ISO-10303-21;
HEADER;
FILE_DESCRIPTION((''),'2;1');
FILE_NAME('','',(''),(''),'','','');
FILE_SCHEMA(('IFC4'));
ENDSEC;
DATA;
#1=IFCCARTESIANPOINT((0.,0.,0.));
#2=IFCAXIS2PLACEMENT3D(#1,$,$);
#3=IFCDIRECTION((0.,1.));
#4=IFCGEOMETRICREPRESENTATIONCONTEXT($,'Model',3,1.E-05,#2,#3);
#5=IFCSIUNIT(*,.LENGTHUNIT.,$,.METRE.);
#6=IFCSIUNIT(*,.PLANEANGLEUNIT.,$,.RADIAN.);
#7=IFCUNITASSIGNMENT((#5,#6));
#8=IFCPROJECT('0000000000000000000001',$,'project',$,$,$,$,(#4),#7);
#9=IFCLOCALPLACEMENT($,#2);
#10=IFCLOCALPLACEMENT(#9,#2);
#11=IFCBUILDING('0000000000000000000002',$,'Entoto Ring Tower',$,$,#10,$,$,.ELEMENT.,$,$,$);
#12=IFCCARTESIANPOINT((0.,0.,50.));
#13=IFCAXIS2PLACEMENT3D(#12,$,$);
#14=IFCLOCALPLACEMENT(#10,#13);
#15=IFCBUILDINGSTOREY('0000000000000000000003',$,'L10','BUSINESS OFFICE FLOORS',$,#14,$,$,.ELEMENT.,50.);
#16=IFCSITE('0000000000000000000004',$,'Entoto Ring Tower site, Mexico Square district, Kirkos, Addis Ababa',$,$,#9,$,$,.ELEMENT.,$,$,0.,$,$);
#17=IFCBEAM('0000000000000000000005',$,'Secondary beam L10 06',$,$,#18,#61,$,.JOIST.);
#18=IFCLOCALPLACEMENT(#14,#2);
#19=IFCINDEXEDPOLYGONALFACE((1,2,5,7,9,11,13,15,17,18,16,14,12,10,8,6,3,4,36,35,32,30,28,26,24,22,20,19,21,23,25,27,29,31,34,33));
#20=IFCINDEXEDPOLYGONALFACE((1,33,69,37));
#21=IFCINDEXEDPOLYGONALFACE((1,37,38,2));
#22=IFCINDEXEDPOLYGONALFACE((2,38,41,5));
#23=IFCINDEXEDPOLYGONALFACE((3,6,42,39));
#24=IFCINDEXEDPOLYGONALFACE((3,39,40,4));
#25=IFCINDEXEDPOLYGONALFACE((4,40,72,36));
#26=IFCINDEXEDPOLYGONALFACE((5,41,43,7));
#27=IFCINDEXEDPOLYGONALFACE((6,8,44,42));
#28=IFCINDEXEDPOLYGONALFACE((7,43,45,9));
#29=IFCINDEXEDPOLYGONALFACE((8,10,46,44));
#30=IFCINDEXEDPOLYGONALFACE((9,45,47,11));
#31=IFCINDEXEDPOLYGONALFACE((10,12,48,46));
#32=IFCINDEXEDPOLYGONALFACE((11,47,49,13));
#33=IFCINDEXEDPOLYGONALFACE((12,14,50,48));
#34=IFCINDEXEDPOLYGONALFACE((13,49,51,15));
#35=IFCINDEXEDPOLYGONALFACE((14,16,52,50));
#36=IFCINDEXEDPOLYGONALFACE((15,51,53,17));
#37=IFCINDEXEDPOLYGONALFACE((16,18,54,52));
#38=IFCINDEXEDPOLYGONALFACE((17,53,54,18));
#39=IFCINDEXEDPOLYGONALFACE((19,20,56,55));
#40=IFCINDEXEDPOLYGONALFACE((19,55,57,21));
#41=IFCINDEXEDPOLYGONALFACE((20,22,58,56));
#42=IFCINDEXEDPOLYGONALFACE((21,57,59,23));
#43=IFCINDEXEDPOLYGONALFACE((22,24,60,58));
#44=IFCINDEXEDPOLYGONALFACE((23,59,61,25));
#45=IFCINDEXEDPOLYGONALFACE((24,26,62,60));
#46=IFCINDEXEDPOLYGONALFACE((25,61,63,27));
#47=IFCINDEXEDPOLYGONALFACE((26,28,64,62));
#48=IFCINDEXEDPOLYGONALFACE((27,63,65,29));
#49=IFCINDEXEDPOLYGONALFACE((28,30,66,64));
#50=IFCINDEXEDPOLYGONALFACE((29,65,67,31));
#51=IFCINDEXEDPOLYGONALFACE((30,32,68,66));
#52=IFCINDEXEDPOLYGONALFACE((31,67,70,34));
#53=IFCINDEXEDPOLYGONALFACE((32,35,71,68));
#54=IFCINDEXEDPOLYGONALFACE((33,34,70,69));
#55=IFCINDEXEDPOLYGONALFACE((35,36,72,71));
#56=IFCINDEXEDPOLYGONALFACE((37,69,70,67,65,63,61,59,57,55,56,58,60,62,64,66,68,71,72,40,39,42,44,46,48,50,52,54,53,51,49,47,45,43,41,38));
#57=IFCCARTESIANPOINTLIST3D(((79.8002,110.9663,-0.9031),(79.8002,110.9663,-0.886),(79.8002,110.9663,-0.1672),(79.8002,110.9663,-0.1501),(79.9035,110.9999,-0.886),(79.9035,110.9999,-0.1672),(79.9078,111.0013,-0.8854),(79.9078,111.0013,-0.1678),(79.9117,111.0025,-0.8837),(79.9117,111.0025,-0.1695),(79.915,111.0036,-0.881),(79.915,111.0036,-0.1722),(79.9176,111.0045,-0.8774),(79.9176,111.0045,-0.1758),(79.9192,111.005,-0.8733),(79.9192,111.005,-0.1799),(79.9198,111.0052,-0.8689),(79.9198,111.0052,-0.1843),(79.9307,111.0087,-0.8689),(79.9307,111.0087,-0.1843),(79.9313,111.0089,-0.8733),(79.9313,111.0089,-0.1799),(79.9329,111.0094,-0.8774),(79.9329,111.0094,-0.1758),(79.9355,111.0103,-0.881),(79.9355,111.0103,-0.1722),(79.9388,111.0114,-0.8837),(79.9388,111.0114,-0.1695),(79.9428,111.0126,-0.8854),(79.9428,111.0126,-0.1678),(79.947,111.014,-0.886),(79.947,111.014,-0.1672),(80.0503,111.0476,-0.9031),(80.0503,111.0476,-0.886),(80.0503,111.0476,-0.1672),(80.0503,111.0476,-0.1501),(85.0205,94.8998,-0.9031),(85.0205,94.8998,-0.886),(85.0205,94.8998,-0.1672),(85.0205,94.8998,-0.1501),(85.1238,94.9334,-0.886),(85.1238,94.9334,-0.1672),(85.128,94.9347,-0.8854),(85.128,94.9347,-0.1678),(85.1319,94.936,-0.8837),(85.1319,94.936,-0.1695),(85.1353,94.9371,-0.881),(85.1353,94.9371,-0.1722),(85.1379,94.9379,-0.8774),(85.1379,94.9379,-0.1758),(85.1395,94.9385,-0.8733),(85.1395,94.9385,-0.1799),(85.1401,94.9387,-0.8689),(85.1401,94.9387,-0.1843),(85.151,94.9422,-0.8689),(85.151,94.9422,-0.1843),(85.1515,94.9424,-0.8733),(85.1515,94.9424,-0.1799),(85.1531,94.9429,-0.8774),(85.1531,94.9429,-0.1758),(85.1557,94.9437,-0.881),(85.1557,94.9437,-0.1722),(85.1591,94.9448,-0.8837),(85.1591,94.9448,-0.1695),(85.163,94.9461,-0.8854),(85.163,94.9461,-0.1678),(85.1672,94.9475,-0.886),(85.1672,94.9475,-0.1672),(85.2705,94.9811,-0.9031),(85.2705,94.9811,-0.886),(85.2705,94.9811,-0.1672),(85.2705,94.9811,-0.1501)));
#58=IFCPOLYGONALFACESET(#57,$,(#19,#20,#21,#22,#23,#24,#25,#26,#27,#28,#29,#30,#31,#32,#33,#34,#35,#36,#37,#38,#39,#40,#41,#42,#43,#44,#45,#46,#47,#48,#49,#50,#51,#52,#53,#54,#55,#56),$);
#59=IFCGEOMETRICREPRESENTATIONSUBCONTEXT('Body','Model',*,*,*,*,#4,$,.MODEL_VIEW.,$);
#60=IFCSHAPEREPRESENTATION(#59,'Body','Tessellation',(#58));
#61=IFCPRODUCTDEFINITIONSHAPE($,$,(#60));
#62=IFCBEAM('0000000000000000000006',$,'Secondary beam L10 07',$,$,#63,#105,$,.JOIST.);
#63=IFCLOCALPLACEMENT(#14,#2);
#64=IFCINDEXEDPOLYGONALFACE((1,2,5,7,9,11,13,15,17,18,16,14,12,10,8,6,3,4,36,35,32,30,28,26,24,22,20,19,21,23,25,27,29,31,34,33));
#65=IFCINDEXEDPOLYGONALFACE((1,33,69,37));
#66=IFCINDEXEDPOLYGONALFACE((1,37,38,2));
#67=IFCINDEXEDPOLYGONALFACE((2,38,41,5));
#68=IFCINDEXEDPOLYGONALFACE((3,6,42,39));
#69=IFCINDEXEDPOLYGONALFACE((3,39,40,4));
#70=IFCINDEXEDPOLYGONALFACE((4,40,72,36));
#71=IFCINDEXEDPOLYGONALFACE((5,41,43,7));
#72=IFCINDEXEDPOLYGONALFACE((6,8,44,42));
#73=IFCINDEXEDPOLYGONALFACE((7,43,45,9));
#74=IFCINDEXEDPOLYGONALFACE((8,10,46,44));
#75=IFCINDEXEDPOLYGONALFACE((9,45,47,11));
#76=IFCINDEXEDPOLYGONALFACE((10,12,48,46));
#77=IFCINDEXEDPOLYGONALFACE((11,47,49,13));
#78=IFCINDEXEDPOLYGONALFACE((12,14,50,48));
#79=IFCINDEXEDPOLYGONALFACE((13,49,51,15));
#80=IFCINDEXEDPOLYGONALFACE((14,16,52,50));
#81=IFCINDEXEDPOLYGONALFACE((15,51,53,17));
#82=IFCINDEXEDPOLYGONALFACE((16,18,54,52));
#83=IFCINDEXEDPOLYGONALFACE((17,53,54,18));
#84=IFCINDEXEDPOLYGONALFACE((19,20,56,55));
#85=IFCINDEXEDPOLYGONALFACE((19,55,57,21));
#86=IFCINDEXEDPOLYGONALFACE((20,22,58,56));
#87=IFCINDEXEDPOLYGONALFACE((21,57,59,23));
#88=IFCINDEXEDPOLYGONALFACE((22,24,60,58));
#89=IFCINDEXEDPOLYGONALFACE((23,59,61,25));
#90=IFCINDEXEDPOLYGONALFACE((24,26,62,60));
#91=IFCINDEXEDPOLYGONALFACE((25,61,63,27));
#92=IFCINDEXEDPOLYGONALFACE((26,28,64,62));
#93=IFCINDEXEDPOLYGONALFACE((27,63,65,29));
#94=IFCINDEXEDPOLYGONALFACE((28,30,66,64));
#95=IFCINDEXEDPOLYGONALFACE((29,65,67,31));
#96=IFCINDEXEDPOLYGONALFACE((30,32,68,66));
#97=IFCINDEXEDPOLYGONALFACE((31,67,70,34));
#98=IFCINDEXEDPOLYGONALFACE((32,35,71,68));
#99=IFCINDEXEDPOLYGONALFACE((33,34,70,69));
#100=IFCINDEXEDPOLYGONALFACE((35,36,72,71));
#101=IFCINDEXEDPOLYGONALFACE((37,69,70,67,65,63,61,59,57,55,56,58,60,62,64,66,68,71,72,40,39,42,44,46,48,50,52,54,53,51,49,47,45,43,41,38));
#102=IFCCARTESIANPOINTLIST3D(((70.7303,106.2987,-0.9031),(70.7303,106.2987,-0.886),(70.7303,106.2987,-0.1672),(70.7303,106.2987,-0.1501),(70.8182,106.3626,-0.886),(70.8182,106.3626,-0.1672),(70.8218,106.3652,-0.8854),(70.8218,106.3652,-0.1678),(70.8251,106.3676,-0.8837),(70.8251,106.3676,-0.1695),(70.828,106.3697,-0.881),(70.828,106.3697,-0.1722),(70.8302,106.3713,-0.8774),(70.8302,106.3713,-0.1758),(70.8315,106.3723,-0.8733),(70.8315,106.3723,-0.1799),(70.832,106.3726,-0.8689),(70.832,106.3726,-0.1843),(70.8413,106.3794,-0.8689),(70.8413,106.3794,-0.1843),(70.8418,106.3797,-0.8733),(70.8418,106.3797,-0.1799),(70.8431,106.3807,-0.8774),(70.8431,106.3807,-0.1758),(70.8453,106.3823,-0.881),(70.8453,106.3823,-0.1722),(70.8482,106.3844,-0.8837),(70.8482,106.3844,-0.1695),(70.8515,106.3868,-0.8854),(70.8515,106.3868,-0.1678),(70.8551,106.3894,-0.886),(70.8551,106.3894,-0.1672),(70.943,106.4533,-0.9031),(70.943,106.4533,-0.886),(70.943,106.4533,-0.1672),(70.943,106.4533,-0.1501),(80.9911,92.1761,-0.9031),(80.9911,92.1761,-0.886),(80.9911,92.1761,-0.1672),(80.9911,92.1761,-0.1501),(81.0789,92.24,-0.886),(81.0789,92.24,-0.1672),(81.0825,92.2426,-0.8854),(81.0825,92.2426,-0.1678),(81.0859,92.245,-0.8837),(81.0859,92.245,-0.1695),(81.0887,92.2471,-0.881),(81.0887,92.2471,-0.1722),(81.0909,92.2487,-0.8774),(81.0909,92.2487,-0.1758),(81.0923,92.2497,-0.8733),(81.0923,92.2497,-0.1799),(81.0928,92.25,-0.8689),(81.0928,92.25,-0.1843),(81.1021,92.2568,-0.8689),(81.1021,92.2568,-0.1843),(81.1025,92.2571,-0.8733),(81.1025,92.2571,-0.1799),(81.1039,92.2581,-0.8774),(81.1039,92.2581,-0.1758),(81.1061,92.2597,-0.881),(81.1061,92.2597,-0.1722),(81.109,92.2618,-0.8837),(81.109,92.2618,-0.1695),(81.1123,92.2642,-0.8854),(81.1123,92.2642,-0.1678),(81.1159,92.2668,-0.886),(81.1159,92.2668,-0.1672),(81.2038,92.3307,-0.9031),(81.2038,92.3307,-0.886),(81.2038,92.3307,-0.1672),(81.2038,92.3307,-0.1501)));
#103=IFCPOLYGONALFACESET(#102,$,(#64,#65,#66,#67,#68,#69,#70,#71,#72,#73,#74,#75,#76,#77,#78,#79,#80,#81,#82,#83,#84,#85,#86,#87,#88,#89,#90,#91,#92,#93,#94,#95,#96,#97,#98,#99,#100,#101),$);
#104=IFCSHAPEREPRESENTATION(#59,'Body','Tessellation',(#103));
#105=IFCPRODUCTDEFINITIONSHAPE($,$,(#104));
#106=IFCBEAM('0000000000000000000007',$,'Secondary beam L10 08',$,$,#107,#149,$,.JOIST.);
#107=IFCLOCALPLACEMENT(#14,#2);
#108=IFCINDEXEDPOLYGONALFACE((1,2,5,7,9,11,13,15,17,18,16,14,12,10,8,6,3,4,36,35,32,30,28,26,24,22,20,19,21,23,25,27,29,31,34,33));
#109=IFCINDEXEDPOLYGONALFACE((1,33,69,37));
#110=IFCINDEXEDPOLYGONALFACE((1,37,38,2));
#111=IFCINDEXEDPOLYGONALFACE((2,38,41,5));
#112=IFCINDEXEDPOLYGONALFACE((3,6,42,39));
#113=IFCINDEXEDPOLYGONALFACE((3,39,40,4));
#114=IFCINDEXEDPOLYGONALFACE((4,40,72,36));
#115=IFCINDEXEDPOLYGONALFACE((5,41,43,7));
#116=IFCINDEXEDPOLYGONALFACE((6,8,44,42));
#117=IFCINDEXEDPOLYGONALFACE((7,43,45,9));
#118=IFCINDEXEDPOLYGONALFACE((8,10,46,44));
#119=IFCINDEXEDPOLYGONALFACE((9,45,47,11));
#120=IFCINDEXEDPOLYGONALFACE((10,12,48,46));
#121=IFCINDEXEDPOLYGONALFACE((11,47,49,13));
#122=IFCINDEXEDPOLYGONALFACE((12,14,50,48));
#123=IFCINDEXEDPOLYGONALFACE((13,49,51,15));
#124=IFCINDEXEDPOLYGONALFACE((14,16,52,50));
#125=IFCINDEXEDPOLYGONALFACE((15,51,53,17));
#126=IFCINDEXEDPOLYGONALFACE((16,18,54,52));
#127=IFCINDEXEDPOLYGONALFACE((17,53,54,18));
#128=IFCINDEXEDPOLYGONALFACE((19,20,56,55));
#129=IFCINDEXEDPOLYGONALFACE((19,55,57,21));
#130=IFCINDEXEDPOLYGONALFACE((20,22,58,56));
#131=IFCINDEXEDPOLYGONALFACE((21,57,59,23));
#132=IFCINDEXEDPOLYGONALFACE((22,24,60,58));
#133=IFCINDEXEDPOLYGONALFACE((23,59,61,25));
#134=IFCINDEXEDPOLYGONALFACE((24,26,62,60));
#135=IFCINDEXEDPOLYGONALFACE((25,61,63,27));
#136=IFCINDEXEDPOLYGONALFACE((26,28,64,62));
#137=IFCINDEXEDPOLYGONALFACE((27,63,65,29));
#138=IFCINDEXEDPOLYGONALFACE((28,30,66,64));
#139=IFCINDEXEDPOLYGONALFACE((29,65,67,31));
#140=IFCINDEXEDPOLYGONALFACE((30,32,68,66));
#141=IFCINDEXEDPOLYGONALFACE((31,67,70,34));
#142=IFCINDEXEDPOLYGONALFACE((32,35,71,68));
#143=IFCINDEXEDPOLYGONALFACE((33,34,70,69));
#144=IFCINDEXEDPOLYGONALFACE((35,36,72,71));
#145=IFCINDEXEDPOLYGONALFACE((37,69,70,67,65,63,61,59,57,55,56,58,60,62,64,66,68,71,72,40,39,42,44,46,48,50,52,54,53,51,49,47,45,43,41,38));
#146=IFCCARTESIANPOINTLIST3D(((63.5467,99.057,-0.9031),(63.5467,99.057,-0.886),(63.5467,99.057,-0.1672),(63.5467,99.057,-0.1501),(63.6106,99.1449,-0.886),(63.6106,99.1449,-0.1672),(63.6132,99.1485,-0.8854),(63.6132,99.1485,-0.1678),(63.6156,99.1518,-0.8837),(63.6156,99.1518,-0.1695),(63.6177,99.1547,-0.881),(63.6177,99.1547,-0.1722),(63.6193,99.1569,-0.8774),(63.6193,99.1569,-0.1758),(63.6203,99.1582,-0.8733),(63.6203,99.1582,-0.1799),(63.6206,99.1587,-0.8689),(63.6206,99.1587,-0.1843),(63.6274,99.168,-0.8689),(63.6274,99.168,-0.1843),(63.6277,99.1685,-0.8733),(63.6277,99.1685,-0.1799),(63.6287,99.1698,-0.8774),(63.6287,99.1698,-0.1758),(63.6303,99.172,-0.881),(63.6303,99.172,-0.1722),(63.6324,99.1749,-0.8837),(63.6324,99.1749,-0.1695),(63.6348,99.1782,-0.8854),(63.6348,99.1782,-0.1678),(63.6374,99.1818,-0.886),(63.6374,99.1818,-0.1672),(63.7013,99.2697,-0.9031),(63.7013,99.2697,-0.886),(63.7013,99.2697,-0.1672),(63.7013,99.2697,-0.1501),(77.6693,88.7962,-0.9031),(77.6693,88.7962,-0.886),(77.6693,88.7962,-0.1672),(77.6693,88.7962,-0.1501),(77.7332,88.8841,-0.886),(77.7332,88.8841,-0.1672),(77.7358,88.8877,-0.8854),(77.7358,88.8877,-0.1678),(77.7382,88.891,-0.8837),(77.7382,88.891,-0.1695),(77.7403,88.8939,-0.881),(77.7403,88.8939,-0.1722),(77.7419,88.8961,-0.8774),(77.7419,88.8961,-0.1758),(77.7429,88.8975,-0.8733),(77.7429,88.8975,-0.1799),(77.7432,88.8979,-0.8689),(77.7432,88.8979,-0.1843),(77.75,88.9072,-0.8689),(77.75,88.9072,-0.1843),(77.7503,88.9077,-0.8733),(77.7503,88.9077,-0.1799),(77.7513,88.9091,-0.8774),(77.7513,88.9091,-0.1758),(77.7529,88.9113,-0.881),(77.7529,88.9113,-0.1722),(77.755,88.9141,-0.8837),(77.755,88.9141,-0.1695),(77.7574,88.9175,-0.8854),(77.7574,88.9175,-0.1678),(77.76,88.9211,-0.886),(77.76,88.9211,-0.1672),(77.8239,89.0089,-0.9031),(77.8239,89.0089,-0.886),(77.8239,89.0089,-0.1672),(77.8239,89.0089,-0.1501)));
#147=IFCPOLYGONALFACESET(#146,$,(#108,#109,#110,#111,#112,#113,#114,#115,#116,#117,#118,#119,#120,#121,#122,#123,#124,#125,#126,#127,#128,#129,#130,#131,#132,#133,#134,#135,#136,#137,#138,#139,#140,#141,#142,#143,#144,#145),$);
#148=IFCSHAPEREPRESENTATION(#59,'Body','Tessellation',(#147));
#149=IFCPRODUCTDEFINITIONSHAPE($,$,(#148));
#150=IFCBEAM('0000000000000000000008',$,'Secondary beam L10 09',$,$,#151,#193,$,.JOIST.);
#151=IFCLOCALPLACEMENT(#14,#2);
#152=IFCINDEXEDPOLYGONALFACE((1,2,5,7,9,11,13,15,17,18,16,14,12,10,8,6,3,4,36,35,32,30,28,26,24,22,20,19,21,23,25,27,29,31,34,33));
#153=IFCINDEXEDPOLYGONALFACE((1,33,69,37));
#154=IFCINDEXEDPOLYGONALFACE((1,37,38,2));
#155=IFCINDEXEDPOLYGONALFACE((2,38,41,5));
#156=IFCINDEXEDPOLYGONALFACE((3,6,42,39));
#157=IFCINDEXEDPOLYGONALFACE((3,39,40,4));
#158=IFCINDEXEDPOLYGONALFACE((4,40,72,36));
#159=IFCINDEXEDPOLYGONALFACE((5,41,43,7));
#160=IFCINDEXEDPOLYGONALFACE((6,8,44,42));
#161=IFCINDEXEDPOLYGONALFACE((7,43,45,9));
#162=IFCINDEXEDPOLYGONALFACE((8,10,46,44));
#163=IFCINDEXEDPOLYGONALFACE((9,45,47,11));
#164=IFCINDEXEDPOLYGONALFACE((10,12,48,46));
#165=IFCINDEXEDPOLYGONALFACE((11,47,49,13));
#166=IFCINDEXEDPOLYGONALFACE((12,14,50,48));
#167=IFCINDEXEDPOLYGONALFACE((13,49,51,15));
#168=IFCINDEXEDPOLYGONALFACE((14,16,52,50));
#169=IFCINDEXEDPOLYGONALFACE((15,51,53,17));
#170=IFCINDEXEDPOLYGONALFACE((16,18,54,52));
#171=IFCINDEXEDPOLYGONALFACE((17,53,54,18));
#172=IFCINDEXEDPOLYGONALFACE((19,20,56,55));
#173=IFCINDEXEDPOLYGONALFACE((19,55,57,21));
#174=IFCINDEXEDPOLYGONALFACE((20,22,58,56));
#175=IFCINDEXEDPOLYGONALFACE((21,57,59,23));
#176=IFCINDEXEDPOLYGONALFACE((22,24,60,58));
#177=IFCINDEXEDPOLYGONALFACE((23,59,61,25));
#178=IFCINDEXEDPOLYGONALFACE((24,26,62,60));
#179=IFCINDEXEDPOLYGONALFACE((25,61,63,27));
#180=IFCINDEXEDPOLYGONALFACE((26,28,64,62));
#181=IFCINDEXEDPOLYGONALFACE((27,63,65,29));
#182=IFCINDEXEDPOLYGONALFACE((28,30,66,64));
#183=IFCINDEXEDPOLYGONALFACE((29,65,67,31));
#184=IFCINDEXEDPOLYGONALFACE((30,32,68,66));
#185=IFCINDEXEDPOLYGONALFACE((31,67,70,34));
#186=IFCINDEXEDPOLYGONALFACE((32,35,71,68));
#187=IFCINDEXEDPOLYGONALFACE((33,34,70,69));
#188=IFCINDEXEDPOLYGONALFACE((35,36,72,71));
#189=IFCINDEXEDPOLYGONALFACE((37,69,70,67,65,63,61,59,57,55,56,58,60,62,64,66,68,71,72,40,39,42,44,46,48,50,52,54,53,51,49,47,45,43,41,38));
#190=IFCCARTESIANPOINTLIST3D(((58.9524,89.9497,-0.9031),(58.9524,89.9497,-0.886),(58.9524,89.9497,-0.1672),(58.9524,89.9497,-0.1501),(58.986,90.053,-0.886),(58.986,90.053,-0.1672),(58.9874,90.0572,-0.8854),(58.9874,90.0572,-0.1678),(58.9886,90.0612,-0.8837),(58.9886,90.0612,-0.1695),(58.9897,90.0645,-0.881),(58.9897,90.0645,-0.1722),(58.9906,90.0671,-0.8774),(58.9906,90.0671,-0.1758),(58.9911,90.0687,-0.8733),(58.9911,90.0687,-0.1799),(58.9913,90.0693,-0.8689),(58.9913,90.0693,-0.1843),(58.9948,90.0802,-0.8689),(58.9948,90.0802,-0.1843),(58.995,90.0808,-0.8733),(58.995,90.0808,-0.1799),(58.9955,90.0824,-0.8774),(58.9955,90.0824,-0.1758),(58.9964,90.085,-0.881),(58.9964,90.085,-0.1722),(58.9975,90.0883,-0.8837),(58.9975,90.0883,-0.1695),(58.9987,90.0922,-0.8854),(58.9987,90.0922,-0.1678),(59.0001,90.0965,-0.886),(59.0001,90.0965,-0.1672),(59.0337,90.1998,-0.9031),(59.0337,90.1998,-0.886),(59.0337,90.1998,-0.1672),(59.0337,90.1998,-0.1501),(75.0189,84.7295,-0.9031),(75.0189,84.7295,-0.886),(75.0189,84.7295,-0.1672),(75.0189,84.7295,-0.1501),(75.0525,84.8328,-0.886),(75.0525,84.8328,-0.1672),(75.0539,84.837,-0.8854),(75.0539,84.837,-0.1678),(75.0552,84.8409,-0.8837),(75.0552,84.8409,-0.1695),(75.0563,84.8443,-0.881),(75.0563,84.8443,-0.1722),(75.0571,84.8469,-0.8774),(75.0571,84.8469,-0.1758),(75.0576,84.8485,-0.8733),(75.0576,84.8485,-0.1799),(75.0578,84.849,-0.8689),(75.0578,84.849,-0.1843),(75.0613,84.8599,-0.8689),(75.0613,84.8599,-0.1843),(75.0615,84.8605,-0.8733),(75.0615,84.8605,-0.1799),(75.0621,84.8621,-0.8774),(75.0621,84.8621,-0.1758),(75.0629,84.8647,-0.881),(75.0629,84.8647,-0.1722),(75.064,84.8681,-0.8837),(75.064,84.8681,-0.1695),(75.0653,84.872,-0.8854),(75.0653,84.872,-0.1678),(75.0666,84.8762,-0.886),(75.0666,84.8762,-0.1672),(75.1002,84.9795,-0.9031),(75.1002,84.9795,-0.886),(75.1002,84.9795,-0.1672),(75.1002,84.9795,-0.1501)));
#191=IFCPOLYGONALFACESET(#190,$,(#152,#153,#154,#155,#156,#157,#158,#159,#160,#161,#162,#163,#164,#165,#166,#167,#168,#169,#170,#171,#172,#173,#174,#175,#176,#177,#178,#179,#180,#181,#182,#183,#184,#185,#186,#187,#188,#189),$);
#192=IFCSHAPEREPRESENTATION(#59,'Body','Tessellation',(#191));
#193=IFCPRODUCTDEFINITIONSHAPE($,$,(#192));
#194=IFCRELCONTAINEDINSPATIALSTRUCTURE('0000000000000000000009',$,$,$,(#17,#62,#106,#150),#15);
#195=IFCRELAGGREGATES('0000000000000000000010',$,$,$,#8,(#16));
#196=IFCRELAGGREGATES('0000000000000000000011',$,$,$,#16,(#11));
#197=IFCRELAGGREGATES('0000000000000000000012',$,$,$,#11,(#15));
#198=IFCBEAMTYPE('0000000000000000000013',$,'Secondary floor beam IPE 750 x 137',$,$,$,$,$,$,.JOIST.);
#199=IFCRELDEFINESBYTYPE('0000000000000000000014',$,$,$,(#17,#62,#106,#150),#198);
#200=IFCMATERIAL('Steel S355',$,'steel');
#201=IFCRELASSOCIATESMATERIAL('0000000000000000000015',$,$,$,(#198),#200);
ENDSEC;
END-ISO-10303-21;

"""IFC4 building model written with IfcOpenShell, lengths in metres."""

from ifc_helpers import new_model, si_unit, direction, frame, origin, origin_2d, place, context, subcontext, project, spatial, i_section, extrude, material, material_profile, profile_set, type_object, element, save


model = new_model("IFC4")

# Units and contexts
model_context = context("Model", 3, precision=1e-05, world=origin(), true_north=direction((0.0, 1.0)))
body_context = subcontext(model_context, "Body", "Model", "MODEL_VIEW")
ifc_project = project(units=[si_unit("LENGTHUNIT", "METRE"), si_unit("PLANEANGLEUNIT", "RADIAN")], contexts=[model_context])

# Site, building, storey
site_placement = place(None, origin())
site = spatial("IfcSite", under=ifc_project, at=site_placement, Name="Entoto Ring Tower site, Mexico Square district, Kirkos, Addis Ababa", CompositionType="ELEMENT", RefElevation=0.0)
building_placement = place(site_placement, origin())
building = spatial("IfcBuilding", under=site, at=building_placement, Name="Entoto Ring Tower", CompositionType="ELEMENT")
storey_placement = place(building_placement, frame((0.0, 0.0, 50.0)))
storey = spatial("IfcBuildingStorey", under=building, at=storey_placement, Name="L10", Description="BUSINESS OFFICE FLOORS", CompositionType="ELEMENT", Elevation=50.0)

# Beams
ifc_material_1 = material(Name="Steel S355", Category="steel")
ifc_material_profile_1 = material_profile(ifc_material_1, i_section(OverallWidth=0.2629, OverallDepth=0.7529, WebThickness=0.0115, FlangeThickness=0.0171, FilletRadius=0.0171, at=origin_2d()), Name="IPE 750 x 137")
ifc_profile_set_1 = profile_set([ifc_material_profile_1], Name="Steel S355")
beam_type_1 = type_object("IfcBeamType", Name="Secondary floor beam IPE 750 x 137", PredefinedType="JOIST", material=ifc_profile_set_1)
beam_1_placement = place(storey_placement, frame((85.1455, 94.9404, -0.5266), z_axis=(-0.309013, 0.951058, 0.0), x_axis=(-0.951058, -0.309013, 0.0)))
element("IfcBeam", 1, at=beam_1_placement, inside=storey, type_object=beam_type_1, Name="Secondary beam L10 06", PredefinedType="JOIST", context=body_context, shape_type="SweptSolid", body=[
    extrude(i_section(OverallWidth=0.2629, OverallDepth=0.7529, WebThickness=0.0115, FlangeThickness=0.0171, FilletRadius=0.0171, at=origin_2d()), origin(), (0.0, 0.0, 1.0), 16.8933),
])
for number, where, z_axis, x_axis, name in (
    (2, (81.0974, 92.2534, -0.5266), (-0.587789, 0.809014, 0.0), (-0.809014, -0.587789, 0.0), "Secondary beam L10 07"),
    (3, (77.7466, 88.9026, -0.5266), (-0.809014, 0.587789, 0.0), (-0.587789, -0.809014, 0.0), "Secondary beam L10 08"),
):
    element("IfcBeam", number, at=place(storey_placement, frame(where, z_axis=z_axis, x_axis=x_axis)), inside=storey, type_object=beam_type_1, Name=name, PredefinedType="JOIST", context=body_context, shape_type="SweptSolid", body=[
        extrude(i_section(OverallWidth=0.2629, OverallDepth=0.7529, WebThickness=0.0115, FlangeThickness=0.0171, FilletRadius=0.0171, at=origin_2d()), origin(), (0.0, 0.0, 1.0), 17.4565),
    ])
beam_2_placement = place(storey_placement, frame((75.0596, 84.8545, -0.5266), z_axis=(-0.951058, 0.309013, 0.0), x_axis=(-0.309013, -0.951058, 0.0)))
element("IfcBeam", 4, at=beam_2_placement, inside=storey, type_object=beam_type_1, Name="Secondary beam L10 09", PredefinedType="JOIST", context=body_context, shape_type="SweptSolid", body=[
    extrude(i_section(OverallWidth=0.2629, OverallDepth=0.7529, WebThickness=0.0115, FlangeThickness=0.0171, FilletRadius=0.0171, at=origin_2d()), origin(), (0.0, 0.0, 1.0), 16.8933),
])

save(model, "model.ifc")
